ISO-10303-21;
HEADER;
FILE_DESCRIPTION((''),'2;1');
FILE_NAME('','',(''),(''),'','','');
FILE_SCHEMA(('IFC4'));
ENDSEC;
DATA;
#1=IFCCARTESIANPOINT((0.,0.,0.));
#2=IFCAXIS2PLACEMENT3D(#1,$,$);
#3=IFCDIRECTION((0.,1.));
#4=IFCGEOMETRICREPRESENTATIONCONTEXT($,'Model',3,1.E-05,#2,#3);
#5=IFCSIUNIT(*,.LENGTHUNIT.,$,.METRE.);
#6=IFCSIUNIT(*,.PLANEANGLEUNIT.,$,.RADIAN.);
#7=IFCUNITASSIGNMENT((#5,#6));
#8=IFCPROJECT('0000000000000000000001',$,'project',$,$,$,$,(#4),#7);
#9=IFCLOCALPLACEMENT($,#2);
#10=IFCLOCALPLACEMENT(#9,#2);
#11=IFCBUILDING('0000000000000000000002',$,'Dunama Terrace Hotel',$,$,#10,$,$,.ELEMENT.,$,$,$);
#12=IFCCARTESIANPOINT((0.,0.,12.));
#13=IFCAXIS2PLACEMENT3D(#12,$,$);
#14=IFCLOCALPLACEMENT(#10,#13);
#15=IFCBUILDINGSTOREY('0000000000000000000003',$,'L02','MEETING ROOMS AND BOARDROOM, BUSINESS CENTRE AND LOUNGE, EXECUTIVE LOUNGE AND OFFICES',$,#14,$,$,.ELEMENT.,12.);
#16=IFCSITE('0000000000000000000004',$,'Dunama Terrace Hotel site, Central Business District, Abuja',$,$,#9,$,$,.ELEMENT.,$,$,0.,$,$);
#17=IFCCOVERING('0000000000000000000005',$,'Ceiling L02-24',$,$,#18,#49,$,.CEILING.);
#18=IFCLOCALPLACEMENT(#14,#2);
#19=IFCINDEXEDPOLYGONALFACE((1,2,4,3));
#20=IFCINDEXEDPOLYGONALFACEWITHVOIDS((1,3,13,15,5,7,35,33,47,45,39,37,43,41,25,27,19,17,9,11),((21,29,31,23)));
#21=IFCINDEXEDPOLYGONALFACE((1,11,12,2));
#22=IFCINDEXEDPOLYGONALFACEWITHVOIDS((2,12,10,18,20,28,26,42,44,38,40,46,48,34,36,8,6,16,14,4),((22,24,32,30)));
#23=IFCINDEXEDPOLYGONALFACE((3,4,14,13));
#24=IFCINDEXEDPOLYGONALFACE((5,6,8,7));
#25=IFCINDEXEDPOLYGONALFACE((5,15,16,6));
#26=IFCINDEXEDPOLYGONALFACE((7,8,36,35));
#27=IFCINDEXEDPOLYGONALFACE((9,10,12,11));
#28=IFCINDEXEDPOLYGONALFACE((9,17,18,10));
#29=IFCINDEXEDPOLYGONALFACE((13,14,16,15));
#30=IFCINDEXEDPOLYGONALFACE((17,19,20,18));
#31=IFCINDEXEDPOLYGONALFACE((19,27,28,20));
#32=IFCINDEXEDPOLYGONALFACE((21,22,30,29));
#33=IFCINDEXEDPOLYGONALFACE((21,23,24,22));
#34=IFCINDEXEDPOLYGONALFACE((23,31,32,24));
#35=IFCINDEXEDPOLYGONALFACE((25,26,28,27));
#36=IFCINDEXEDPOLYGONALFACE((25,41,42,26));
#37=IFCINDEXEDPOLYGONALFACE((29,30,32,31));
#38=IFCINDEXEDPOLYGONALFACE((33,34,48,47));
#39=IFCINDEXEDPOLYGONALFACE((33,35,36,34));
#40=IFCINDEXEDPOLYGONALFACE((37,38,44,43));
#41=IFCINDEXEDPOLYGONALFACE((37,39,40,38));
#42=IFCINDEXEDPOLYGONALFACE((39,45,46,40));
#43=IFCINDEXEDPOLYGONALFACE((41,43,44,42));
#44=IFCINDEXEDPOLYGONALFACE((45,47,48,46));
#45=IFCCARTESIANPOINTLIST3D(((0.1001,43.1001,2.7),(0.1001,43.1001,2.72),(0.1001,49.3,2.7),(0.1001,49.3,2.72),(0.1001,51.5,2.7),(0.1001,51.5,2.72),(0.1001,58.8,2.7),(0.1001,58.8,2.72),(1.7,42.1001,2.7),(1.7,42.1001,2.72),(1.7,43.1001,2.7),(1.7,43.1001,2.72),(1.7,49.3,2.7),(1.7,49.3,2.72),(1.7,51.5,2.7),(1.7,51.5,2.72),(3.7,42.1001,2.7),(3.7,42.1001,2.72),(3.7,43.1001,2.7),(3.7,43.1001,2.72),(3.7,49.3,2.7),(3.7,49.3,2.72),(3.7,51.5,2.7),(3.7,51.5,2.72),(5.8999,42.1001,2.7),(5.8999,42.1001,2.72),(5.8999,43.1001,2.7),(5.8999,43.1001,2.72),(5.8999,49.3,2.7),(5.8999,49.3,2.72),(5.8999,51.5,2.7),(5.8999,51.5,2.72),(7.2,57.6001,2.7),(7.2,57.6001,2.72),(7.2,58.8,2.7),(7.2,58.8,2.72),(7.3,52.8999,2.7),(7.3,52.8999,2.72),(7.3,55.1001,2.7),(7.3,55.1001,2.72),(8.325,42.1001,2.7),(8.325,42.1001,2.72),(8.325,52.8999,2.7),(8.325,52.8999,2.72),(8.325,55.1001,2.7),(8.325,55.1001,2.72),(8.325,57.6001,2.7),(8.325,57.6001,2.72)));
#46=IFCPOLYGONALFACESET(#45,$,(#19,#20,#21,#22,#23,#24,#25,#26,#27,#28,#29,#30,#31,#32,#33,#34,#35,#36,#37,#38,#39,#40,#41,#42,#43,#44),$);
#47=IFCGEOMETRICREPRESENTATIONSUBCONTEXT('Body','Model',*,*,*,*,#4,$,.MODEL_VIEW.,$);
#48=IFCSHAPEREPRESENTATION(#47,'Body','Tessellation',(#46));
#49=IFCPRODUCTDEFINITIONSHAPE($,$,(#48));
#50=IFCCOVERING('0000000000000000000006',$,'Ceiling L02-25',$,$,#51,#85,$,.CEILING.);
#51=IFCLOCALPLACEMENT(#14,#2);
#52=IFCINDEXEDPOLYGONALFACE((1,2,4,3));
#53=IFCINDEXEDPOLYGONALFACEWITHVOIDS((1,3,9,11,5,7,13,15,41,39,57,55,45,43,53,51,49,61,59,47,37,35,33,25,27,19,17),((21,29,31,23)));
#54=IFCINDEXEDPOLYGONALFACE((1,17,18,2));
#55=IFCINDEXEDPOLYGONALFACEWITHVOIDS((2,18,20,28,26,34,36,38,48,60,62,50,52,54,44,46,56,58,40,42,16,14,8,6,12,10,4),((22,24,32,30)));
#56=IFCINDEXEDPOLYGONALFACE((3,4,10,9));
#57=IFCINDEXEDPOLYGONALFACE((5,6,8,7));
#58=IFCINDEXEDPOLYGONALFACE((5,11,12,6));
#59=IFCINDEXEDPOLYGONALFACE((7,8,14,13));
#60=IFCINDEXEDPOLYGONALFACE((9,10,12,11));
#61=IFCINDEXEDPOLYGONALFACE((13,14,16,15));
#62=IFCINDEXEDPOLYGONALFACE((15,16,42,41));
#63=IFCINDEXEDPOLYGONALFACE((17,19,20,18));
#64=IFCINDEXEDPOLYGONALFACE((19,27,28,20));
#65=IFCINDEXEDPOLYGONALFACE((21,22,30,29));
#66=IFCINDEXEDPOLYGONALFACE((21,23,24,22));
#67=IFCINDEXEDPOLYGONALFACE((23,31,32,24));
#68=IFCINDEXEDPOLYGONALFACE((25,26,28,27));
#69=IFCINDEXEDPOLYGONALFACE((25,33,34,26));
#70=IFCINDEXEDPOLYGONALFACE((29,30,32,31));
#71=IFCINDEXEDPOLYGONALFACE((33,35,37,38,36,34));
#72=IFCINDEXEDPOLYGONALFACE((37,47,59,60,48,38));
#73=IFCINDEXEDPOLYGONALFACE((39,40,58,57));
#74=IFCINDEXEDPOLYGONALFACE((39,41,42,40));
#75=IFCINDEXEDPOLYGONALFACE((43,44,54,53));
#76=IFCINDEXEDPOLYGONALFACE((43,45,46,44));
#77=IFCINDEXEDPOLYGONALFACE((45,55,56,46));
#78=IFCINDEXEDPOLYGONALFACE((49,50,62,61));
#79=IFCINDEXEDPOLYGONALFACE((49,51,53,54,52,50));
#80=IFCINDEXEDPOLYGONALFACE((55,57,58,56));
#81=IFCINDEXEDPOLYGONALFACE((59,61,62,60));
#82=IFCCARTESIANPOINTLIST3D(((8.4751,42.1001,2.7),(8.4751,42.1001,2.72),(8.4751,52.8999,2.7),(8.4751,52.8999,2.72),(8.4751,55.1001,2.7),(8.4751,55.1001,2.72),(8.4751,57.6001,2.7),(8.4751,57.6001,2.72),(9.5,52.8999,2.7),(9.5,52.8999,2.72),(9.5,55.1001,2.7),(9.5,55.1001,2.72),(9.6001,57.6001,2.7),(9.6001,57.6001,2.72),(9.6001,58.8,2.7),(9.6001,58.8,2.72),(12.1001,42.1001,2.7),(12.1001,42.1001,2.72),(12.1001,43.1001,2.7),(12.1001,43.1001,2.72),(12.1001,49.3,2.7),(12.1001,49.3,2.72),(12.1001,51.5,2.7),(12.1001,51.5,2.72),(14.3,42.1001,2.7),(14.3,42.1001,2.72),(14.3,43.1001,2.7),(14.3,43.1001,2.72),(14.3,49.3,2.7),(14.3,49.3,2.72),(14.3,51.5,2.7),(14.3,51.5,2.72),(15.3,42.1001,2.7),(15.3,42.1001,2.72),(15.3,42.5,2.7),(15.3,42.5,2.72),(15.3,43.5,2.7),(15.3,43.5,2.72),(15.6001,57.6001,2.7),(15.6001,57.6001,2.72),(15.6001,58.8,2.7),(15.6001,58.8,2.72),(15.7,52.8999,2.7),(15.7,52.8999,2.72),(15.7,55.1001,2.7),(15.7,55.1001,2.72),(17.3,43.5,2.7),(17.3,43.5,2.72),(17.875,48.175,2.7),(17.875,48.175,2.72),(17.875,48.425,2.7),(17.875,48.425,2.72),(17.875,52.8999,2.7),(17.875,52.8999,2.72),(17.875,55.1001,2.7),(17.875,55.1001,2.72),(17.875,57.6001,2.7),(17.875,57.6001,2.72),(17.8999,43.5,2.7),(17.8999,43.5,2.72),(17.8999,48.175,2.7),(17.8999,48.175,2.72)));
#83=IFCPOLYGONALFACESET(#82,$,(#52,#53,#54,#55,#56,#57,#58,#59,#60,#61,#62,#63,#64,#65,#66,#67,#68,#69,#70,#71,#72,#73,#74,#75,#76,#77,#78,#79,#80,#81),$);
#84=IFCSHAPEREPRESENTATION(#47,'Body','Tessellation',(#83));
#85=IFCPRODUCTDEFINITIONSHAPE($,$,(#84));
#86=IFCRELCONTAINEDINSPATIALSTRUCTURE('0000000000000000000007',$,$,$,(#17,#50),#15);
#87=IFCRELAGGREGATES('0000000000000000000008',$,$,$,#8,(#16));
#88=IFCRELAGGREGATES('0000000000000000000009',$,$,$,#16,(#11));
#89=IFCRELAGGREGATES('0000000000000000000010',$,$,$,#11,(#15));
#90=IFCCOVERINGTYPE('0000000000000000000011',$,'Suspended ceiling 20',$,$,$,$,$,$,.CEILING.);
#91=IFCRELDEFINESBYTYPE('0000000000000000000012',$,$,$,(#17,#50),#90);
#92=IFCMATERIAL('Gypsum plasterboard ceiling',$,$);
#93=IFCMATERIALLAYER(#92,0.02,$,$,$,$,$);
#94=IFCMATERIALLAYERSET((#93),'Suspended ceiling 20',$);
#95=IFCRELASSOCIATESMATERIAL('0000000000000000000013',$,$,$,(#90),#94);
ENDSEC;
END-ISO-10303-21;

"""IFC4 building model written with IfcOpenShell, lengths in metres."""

from ifc_helpers import new_model, si_unit, direction, frame, origin, place, context, subcontext, project, spatial, polyline, outline, extrude, material, layer, layer_set, type_object, element, save


model = new_model("IFC4")

# Units and contexts
model_context = context("Model", 3, precision=1e-05, world=origin(), true_north=direction((0.0, 1.0)))
body_context = subcontext(model_context, "Body", "Model", "MODEL_VIEW")
ifc_project = project(units=[si_unit("LENGTHUNIT", "METRE"), si_unit("PLANEANGLEUNIT", "RADIAN")], contexts=[model_context])

# Site, building, storey
site_placement = place(None, origin())
site = spatial("IfcSite", under=ifc_project, at=site_placement, Name="Dunama Terrace Hotel site, Central Business District, Abuja", CompositionType="ELEMENT", RefElevation=0.0)
building_placement = place(site_placement, origin())
building = spatial("IfcBuilding", under=site, at=building_placement, Name="Dunama Terrace Hotel", CompositionType="ELEMENT")
storey_placement = place(building_placement, frame((0.0, 0.0, 12.0)))
storey = spatial("IfcBuildingStorey", under=building, at=storey_placement, Name="L02", Description="MEETING ROOMS AND BOARDROOM, BUSINESS CENTRE AND LOUNGE, EXECUTIVE LOUNGE AND OFFICES", CompositionType="ELEMENT", Elevation=12.0)

# Coverings
ifc_material_1 = material(Name="Gypsum plasterboard ceiling")
ifc_layer_1 = layer(ifc_material_1, 0.02)
ifc_layer_set_1 = layer_set([ifc_layer_1], Name="Suspended ceiling 20")
covering_type_1 = type_object("IfcCoveringType", Name="Suspended ceiling 20", PredefinedType="CEILING", material=ifc_layer_set_1)
covering_1_placement = place(storey_placement, frame((0.0, 0.0, 2.7)))
element("IfcCovering", 1, at=covering_1_placement, inside=storey, type_object=covering_type_1, Name="Ceiling L02-24", PredefinedType="CEILING", context=body_context, shape_type="SweptSolid", body=[
    extrude(outline(polyline([(7.2, 57.6001), (7.2, 58.8), (0.1001, 58.8), (0.1001, 51.5), (1.7, 51.5), (1.7, 49.3), (0.1001, 49.3), (0.1001, 43.1001), (1.7, 43.1001), (1.7, 42.1001), (3.7, 42.1001), (3.7, 43.1001), (5.8999, 43.1001), (5.8999, 42.1001), (8.325, 42.1001), (8.325, 52.8999), (7.3, 52.8999), (7.3, 55.1001), (8.325, 55.1001), (8.325, 57.6001), (7.2, 57.6001)]), holes=[polyline([(3.7, 51.5), (5.8999, 51.5), (5.8999, 49.3), (3.7, 49.3), (3.7, 51.5)])]), origin(), (0.0, 0.0, 1.0), 0.02),
])
covering_2_placement = place(storey_placement, frame((0.0, 0.0, 2.7)))
element("IfcCovering", 2, at=covering_2_placement, inside=storey, type_object=covering_type_1, Name="Ceiling L02-25", PredefinedType="CEILING", context=body_context, shape_type="SweptSolid", body=[
    extrude(outline(polyline([(15.6001, 57.6001), (15.6001, 58.8), (9.6001, 58.8), (9.6001, 57.6001), (8.4751, 57.6001), (8.4751, 55.1001), (9.5, 55.1001), (9.5, 52.8999), (8.4751, 52.8999), (8.4751, 42.1001), (12.1001, 42.1001), (12.1001, 43.1001), (14.3, 43.1001), (14.3, 42.1001), (15.3, 42.1001), (15.3, 42.5), (15.3, 43.5), (17.3, 43.5), (17.8999, 43.5), (17.8999, 48.175), (17.875, 48.175), (17.875, 48.425), (17.875, 52.8999), (15.7, 52.8999), (15.7, 55.1001), (17.875, 55.1001), (17.875, 57.6001), (15.6001, 57.6001)]), holes=[polyline([(12.1001, 51.5), (14.3, 51.5), (14.3, 49.3), (12.1001, 49.3), (12.1001, 51.5)])]), origin(), (0.0, 0.0, 1.0), 0.02),
])

save(model, "model.ifc")
